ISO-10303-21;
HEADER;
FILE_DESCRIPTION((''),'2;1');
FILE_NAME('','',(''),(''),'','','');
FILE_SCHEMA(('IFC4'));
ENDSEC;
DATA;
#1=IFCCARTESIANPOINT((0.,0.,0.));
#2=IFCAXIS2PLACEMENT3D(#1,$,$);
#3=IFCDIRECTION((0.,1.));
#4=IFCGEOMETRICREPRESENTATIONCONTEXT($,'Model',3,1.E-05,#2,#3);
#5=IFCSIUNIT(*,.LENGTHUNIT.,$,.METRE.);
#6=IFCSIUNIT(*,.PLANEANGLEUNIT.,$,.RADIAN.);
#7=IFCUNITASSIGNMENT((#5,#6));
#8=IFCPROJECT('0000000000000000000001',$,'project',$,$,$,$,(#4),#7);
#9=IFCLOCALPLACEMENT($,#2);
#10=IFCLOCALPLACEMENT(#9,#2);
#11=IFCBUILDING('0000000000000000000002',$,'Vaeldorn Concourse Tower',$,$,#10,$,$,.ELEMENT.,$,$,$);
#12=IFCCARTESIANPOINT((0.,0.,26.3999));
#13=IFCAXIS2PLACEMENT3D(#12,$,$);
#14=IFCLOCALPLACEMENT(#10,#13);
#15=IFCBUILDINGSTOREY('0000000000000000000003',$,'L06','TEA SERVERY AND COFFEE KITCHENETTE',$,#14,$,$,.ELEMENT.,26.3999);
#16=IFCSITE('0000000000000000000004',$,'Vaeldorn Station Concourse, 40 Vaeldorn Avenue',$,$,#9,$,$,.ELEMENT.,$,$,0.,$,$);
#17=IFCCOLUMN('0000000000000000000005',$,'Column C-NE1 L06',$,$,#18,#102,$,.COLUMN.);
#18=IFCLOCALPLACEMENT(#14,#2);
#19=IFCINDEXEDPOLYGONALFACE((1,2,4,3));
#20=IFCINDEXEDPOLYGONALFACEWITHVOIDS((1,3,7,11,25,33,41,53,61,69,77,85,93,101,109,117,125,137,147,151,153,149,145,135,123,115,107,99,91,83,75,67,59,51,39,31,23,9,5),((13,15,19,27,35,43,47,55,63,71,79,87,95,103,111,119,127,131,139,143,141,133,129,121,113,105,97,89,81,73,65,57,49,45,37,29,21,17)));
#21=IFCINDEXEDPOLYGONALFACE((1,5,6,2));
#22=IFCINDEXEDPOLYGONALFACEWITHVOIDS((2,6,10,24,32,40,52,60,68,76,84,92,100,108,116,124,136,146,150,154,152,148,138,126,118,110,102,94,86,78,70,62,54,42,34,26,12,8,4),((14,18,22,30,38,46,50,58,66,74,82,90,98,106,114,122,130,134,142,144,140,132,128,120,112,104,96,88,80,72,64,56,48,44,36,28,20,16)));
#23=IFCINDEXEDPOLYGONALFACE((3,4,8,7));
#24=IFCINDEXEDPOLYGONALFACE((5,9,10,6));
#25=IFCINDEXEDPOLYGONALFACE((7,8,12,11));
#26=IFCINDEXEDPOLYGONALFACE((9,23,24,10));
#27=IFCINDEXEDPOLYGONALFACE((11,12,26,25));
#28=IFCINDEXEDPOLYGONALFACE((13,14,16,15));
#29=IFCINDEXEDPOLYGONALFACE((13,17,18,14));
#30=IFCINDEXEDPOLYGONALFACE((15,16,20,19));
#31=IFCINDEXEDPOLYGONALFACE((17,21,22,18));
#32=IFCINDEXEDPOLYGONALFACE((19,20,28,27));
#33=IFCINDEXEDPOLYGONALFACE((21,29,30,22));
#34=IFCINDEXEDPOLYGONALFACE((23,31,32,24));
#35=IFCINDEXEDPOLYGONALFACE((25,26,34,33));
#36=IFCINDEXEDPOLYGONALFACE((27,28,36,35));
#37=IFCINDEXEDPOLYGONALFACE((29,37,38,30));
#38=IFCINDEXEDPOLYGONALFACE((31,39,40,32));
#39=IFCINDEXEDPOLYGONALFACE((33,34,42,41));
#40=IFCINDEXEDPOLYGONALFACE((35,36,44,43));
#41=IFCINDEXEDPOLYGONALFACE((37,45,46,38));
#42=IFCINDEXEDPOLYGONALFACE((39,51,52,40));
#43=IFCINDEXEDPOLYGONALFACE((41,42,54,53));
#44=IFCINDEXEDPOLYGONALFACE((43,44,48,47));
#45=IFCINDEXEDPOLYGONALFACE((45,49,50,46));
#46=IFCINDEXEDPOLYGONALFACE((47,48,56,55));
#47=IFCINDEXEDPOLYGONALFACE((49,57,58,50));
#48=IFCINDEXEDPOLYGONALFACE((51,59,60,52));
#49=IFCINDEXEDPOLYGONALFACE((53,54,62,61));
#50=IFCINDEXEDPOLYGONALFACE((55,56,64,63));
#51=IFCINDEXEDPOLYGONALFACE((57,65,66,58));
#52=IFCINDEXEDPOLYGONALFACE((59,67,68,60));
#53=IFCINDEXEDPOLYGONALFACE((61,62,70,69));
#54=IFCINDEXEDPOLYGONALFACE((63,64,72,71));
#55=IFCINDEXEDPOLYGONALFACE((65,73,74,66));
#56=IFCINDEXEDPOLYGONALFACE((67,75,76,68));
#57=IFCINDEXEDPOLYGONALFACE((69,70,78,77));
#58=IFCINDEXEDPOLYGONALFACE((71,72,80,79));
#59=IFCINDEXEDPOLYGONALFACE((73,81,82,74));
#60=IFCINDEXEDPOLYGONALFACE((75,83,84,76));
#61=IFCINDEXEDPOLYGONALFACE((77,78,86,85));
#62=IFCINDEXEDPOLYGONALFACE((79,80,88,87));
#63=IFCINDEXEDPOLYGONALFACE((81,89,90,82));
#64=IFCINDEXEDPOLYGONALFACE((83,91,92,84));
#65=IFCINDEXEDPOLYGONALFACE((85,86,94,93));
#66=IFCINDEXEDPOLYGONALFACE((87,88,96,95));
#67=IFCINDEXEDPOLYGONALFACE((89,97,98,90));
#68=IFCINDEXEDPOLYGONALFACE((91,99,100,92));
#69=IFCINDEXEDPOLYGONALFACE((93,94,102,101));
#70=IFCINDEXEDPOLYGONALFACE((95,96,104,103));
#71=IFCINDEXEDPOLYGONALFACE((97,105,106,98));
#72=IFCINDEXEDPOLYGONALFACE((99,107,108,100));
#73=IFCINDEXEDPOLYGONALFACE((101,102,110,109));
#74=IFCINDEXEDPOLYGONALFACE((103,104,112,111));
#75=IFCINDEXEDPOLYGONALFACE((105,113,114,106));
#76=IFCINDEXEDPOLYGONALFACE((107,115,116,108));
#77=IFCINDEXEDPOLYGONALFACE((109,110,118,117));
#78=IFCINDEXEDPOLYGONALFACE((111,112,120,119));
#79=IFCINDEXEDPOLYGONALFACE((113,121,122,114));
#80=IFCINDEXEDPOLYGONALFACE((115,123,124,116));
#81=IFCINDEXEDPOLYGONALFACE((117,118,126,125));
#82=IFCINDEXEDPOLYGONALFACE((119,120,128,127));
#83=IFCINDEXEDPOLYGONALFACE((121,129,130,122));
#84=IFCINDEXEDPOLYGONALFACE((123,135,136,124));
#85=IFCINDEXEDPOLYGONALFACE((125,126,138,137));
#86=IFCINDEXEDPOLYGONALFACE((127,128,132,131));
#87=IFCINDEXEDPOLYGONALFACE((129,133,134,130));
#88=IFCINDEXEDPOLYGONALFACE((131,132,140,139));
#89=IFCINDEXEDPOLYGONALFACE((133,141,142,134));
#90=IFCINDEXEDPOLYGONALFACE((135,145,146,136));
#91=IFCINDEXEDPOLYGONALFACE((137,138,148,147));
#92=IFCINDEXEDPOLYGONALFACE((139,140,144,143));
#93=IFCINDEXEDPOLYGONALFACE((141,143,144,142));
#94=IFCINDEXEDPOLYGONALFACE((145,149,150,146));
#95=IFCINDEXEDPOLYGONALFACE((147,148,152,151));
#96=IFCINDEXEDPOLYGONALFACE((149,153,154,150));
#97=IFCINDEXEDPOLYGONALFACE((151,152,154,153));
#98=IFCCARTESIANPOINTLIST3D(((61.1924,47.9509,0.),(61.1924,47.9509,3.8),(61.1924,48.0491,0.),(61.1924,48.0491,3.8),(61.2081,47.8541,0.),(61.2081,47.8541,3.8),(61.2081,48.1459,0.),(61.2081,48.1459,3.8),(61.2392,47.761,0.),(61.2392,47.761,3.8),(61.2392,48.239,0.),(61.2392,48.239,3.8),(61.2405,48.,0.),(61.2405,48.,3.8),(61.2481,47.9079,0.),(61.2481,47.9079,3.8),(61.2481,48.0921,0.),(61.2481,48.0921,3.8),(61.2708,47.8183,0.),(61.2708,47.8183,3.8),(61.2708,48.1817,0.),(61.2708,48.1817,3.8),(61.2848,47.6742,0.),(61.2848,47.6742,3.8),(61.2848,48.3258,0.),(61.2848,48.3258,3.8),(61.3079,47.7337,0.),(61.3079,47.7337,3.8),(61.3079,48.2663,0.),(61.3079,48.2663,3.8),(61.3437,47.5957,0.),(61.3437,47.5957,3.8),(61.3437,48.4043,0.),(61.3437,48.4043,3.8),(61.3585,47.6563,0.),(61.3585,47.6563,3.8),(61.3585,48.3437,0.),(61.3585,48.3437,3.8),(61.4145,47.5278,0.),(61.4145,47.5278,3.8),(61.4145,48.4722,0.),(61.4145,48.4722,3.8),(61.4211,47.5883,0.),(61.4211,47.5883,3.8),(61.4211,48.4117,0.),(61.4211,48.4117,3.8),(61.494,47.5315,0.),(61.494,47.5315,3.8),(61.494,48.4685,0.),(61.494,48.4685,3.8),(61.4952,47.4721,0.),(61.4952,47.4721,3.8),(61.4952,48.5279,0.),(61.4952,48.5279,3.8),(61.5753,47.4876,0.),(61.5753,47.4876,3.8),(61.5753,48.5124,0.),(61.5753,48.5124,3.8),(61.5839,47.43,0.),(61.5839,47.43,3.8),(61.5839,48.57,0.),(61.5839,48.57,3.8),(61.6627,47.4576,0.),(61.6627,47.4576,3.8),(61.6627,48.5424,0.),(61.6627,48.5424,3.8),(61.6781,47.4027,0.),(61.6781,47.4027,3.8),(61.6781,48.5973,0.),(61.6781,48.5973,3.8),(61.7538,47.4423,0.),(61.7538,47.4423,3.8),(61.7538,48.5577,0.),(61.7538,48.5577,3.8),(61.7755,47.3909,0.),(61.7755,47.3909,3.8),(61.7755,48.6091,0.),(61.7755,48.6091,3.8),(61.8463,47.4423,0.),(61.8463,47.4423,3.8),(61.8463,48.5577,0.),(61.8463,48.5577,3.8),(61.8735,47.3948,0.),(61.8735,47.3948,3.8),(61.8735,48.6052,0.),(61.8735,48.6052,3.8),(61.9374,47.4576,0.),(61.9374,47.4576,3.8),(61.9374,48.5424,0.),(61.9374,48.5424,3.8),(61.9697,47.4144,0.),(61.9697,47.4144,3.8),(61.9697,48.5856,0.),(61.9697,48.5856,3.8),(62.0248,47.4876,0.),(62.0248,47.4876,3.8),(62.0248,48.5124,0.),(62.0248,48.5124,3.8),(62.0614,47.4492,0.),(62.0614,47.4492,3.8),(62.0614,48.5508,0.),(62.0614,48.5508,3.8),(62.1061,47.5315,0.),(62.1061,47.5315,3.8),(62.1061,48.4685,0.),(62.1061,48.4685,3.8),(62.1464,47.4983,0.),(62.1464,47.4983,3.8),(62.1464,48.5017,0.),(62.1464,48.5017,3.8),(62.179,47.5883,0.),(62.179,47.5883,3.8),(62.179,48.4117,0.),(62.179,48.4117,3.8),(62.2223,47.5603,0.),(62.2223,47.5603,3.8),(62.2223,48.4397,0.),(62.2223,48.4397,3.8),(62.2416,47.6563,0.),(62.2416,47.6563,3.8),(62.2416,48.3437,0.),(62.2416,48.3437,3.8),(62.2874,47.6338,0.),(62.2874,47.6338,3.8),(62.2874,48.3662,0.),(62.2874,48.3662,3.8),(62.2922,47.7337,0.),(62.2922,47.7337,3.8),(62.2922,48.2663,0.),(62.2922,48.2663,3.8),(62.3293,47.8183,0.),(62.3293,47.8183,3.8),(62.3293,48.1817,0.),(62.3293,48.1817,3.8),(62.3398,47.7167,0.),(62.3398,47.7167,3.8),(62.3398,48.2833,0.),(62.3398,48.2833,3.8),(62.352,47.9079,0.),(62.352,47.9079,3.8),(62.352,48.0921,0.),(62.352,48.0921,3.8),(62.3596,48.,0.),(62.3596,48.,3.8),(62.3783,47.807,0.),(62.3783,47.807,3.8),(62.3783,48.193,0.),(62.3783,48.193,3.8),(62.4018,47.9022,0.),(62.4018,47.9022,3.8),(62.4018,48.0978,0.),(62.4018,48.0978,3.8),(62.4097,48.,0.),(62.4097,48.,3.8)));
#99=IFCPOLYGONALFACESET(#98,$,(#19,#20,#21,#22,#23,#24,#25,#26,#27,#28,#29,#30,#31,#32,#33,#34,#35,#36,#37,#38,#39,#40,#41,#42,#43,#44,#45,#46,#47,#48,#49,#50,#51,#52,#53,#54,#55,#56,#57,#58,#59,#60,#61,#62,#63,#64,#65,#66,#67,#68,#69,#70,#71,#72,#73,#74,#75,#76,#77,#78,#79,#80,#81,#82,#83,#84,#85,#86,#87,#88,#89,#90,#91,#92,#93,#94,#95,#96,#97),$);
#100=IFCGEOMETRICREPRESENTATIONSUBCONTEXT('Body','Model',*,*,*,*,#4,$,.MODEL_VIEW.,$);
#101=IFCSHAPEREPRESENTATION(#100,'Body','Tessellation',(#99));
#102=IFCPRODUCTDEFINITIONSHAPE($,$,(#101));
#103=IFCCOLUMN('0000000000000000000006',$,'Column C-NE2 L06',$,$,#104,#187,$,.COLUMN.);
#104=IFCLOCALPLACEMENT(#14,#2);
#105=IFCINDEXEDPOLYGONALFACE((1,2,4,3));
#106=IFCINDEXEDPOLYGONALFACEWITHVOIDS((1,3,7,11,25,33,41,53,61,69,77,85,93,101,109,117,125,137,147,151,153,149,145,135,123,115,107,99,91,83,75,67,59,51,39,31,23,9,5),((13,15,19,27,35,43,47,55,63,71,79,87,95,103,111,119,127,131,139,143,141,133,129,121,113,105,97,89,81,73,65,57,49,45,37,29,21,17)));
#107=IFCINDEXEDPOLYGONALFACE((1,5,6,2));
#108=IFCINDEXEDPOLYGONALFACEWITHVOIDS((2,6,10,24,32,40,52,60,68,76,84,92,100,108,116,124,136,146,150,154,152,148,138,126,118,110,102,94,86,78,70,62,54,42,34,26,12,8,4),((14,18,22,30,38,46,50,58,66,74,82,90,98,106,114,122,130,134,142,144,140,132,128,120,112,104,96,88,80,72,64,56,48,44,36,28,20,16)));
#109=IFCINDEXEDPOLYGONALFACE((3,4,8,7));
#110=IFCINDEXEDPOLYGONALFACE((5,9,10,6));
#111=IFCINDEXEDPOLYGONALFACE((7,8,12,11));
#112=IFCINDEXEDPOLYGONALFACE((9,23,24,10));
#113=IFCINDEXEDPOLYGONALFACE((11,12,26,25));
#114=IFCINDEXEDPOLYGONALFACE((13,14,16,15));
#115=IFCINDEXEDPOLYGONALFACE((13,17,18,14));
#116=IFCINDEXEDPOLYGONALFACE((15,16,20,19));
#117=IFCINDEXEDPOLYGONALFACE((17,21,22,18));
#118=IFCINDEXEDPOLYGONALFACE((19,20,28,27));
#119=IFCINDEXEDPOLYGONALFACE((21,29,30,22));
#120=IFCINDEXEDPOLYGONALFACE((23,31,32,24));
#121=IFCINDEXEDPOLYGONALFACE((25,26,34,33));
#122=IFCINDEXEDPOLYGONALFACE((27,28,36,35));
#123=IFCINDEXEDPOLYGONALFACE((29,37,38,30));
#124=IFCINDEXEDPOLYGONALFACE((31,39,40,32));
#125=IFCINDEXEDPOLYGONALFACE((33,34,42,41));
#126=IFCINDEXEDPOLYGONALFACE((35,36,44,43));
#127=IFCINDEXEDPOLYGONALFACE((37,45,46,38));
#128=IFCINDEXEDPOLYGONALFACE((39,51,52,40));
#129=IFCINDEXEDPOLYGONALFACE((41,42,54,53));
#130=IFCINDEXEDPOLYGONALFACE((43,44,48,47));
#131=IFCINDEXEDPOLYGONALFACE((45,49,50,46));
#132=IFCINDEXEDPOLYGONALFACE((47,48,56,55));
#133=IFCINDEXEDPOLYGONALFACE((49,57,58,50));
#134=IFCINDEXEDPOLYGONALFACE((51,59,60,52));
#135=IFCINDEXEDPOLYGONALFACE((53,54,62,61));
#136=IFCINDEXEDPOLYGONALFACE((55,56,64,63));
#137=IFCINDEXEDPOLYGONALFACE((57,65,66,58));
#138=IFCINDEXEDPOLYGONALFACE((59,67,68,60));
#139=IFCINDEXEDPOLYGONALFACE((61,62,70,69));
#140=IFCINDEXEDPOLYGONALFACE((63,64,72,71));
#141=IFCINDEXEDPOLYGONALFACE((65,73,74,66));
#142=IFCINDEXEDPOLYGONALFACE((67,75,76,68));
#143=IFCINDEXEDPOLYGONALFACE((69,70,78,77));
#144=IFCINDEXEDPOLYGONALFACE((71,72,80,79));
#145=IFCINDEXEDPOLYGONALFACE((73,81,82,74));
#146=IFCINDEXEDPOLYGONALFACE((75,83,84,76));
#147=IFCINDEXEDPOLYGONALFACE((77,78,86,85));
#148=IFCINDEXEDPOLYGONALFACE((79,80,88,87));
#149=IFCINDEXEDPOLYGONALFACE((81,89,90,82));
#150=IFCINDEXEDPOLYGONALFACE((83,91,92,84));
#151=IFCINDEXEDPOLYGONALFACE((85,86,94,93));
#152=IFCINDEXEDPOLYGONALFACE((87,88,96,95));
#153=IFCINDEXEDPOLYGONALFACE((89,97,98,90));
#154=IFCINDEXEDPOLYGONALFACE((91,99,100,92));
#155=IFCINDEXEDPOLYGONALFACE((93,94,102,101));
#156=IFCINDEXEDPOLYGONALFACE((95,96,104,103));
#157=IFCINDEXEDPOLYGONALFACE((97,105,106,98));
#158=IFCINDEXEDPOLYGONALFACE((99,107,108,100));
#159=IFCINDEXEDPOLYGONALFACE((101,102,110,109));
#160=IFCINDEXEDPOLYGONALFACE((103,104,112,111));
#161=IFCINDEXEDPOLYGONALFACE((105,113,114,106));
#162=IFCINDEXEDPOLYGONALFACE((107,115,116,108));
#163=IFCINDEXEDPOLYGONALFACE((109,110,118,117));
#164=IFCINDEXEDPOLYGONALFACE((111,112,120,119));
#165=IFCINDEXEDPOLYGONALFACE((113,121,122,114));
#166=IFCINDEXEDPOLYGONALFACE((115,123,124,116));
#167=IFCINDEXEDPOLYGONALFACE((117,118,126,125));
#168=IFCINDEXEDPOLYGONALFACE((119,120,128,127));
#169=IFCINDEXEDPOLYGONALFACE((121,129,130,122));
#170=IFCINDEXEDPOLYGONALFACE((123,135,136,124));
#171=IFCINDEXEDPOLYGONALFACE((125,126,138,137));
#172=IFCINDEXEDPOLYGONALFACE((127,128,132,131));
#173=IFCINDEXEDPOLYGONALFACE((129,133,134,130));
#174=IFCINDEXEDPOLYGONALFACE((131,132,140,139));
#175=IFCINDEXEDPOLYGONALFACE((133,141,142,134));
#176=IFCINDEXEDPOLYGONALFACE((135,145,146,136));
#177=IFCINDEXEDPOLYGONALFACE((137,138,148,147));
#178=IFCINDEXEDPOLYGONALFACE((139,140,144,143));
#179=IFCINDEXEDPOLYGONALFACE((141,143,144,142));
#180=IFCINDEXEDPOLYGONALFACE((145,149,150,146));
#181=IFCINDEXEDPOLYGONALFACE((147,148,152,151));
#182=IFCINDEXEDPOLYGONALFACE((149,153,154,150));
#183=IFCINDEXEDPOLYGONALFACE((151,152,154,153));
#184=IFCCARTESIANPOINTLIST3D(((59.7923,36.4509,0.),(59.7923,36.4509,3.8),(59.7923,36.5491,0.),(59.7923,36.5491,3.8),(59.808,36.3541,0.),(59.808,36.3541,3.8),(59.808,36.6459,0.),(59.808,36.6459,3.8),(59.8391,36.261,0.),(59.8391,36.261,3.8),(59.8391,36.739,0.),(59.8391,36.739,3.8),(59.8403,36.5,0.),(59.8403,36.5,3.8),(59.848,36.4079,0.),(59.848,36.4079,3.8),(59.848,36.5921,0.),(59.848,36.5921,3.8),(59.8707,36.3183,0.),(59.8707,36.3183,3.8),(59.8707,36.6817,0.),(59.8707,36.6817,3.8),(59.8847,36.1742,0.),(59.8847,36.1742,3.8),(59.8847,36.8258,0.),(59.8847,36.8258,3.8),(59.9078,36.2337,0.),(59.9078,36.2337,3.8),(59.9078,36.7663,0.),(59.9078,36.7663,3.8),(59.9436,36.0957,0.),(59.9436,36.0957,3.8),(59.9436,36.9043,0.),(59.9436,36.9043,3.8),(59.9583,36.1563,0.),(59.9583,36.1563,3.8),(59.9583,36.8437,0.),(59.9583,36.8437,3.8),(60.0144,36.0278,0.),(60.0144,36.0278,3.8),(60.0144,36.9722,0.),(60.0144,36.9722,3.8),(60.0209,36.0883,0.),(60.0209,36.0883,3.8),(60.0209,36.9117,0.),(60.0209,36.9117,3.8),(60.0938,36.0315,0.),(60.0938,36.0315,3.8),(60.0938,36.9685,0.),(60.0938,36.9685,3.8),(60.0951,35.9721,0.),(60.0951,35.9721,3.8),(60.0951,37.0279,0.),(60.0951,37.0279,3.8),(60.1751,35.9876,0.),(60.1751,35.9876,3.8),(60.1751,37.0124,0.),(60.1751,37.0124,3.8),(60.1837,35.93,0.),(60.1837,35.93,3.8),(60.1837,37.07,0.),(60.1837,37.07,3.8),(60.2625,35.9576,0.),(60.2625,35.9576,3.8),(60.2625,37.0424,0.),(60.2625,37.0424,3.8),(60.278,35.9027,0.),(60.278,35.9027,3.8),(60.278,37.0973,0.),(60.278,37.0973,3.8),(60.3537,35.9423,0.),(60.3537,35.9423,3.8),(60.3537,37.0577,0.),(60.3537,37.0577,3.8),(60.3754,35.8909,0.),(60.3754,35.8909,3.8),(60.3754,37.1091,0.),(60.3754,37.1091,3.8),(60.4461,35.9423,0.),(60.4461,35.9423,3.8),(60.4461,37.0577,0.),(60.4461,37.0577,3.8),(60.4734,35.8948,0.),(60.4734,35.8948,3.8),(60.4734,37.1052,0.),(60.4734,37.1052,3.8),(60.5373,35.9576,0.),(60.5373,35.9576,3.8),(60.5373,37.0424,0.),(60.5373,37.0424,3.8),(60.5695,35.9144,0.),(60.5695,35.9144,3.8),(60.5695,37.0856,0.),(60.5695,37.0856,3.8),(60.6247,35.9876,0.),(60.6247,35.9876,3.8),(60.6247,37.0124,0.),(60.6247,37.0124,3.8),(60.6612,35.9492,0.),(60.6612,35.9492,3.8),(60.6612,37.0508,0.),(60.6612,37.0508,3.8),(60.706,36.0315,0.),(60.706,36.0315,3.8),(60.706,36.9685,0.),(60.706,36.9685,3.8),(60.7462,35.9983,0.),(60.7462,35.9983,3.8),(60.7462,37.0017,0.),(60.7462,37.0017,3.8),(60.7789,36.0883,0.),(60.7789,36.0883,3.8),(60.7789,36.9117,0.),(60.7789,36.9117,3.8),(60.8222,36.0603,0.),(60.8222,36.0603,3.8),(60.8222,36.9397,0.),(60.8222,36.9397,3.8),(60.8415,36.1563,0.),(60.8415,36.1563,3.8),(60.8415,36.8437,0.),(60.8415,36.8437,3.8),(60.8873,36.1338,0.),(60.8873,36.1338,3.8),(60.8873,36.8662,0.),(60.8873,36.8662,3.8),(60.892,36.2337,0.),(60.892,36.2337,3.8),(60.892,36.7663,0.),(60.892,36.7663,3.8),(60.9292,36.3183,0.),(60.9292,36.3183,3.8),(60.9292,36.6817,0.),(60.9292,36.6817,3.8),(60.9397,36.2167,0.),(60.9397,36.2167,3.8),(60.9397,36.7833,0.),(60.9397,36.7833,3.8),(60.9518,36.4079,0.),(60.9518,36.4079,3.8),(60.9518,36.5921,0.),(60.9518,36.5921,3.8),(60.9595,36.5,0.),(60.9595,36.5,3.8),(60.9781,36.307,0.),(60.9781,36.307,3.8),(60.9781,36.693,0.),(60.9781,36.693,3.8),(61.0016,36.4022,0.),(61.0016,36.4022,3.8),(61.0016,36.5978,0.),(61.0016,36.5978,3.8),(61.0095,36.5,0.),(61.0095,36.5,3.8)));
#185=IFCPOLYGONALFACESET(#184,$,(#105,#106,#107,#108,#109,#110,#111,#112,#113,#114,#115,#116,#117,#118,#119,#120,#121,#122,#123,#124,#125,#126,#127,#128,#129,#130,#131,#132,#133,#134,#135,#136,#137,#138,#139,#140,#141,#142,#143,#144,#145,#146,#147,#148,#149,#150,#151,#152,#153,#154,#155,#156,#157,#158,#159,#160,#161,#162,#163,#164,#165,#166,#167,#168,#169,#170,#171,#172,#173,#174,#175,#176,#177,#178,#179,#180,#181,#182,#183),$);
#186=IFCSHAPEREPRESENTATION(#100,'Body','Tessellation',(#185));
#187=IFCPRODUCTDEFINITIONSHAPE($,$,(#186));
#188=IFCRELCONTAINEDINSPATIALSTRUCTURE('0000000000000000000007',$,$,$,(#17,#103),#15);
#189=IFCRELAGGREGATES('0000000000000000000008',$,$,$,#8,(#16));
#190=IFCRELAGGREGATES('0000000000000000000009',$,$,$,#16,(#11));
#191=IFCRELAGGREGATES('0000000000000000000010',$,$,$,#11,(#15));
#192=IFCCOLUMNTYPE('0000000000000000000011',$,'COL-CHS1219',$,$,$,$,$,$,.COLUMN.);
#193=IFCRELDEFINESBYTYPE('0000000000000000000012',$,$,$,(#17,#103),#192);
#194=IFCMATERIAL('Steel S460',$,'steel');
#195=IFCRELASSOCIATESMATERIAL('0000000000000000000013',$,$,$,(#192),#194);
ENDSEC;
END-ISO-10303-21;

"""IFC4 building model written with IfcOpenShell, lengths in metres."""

from ifc_helpers import new_model, si_unit, direction, frame, origin, origin_2d, place, context, subcontext, project, spatial, hollow_circle, extrude, source, transform, mapped, material, material_profile, profile_set, type_object, element, save


model = new_model("IFC4")

# Units and contexts
model_context = context("Model", 3, precision=1e-05, world=origin(), true_north=direction((0.0, 1.0)))
body_context = subcontext(model_context, "Body", "Model", "MODEL_VIEW")
ifc_project = project(units=[si_unit("LENGTHUNIT", "METRE"), si_unit("PLANEANGLEUNIT", "RADIAN")], contexts=[model_context])

# Site, building, storey
site_placement = place(None, origin())
site = spatial("IfcSite", under=ifc_project, at=site_placement, Name="Vaeldorn Station Concourse, 40 Vaeldorn Avenue", CompositionType="ELEMENT", RefElevation=0.0)
building_placement = place(site_placement, origin())
building = spatial("IfcBuilding", under=site, at=building_placement, Name="Vaeldorn Concourse Tower", CompositionType="ELEMENT")
storey_placement = place(building_placement, frame((0.0, 0.0, 26.3999)))
storey = spatial("IfcBuildingStorey", under=building, at=storey_placement, Name="L06", Description="TEA SERVERY AND COFFEE KITCHENETTE", CompositionType="ELEMENT", Elevation=26.3999)

# Columns
ifc_material_1 = material(Name="Steel S460", Category="steel")
ifc_material_profile_1 = material_profile(ifc_material_1, hollow_circle(Radius=0.6096, WallThickness=0.05, at=origin_2d()), Name="CHS 1219x50")
ifc_profile_set_1 = profile_set([ifc_material_profile_1], Name="Steel S460")
column_type = type_object("IfcColumnType", Name="COL-CHS1219", PredefinedType="COLUMN", material=ifc_profile_set_1)
shared_shape_1 = source(origin(), body_context, "Body", "SweptSolid", [
    extrude(hollow_circle(Radius=0.6096, WallThickness=0.05, at=origin_2d()), origin(), (0.0, 0.0, 1.0), 3.8),
])
for number, where, z_axis, x_axis, name in (
    (1, (61.8, 48.0, 0.0), (0.0, 0.0, 1.0), (1.0, 0.0, 0.0), "Column C-NE1 L06"),
    (2, (60.3999, 36.5, 0.0), (0.0, 0.0, 1.0), (1.0, 0.0, 0.0), "Column C-NE2 L06"),
):
    element("IfcColumn", number, at=place(storey_placement, frame(where, z_axis=z_axis, x_axis=x_axis)), inside=storey, type_object=column_type, Name=name, PredefinedType="COLUMN", context=body_context, shape_type="MappedRepresentation", body=[
        mapped(shared_shape_1, transform((0.0, 0.0, 0.0), scale=1.0)),
    ])

save(model, "model.ifc")
